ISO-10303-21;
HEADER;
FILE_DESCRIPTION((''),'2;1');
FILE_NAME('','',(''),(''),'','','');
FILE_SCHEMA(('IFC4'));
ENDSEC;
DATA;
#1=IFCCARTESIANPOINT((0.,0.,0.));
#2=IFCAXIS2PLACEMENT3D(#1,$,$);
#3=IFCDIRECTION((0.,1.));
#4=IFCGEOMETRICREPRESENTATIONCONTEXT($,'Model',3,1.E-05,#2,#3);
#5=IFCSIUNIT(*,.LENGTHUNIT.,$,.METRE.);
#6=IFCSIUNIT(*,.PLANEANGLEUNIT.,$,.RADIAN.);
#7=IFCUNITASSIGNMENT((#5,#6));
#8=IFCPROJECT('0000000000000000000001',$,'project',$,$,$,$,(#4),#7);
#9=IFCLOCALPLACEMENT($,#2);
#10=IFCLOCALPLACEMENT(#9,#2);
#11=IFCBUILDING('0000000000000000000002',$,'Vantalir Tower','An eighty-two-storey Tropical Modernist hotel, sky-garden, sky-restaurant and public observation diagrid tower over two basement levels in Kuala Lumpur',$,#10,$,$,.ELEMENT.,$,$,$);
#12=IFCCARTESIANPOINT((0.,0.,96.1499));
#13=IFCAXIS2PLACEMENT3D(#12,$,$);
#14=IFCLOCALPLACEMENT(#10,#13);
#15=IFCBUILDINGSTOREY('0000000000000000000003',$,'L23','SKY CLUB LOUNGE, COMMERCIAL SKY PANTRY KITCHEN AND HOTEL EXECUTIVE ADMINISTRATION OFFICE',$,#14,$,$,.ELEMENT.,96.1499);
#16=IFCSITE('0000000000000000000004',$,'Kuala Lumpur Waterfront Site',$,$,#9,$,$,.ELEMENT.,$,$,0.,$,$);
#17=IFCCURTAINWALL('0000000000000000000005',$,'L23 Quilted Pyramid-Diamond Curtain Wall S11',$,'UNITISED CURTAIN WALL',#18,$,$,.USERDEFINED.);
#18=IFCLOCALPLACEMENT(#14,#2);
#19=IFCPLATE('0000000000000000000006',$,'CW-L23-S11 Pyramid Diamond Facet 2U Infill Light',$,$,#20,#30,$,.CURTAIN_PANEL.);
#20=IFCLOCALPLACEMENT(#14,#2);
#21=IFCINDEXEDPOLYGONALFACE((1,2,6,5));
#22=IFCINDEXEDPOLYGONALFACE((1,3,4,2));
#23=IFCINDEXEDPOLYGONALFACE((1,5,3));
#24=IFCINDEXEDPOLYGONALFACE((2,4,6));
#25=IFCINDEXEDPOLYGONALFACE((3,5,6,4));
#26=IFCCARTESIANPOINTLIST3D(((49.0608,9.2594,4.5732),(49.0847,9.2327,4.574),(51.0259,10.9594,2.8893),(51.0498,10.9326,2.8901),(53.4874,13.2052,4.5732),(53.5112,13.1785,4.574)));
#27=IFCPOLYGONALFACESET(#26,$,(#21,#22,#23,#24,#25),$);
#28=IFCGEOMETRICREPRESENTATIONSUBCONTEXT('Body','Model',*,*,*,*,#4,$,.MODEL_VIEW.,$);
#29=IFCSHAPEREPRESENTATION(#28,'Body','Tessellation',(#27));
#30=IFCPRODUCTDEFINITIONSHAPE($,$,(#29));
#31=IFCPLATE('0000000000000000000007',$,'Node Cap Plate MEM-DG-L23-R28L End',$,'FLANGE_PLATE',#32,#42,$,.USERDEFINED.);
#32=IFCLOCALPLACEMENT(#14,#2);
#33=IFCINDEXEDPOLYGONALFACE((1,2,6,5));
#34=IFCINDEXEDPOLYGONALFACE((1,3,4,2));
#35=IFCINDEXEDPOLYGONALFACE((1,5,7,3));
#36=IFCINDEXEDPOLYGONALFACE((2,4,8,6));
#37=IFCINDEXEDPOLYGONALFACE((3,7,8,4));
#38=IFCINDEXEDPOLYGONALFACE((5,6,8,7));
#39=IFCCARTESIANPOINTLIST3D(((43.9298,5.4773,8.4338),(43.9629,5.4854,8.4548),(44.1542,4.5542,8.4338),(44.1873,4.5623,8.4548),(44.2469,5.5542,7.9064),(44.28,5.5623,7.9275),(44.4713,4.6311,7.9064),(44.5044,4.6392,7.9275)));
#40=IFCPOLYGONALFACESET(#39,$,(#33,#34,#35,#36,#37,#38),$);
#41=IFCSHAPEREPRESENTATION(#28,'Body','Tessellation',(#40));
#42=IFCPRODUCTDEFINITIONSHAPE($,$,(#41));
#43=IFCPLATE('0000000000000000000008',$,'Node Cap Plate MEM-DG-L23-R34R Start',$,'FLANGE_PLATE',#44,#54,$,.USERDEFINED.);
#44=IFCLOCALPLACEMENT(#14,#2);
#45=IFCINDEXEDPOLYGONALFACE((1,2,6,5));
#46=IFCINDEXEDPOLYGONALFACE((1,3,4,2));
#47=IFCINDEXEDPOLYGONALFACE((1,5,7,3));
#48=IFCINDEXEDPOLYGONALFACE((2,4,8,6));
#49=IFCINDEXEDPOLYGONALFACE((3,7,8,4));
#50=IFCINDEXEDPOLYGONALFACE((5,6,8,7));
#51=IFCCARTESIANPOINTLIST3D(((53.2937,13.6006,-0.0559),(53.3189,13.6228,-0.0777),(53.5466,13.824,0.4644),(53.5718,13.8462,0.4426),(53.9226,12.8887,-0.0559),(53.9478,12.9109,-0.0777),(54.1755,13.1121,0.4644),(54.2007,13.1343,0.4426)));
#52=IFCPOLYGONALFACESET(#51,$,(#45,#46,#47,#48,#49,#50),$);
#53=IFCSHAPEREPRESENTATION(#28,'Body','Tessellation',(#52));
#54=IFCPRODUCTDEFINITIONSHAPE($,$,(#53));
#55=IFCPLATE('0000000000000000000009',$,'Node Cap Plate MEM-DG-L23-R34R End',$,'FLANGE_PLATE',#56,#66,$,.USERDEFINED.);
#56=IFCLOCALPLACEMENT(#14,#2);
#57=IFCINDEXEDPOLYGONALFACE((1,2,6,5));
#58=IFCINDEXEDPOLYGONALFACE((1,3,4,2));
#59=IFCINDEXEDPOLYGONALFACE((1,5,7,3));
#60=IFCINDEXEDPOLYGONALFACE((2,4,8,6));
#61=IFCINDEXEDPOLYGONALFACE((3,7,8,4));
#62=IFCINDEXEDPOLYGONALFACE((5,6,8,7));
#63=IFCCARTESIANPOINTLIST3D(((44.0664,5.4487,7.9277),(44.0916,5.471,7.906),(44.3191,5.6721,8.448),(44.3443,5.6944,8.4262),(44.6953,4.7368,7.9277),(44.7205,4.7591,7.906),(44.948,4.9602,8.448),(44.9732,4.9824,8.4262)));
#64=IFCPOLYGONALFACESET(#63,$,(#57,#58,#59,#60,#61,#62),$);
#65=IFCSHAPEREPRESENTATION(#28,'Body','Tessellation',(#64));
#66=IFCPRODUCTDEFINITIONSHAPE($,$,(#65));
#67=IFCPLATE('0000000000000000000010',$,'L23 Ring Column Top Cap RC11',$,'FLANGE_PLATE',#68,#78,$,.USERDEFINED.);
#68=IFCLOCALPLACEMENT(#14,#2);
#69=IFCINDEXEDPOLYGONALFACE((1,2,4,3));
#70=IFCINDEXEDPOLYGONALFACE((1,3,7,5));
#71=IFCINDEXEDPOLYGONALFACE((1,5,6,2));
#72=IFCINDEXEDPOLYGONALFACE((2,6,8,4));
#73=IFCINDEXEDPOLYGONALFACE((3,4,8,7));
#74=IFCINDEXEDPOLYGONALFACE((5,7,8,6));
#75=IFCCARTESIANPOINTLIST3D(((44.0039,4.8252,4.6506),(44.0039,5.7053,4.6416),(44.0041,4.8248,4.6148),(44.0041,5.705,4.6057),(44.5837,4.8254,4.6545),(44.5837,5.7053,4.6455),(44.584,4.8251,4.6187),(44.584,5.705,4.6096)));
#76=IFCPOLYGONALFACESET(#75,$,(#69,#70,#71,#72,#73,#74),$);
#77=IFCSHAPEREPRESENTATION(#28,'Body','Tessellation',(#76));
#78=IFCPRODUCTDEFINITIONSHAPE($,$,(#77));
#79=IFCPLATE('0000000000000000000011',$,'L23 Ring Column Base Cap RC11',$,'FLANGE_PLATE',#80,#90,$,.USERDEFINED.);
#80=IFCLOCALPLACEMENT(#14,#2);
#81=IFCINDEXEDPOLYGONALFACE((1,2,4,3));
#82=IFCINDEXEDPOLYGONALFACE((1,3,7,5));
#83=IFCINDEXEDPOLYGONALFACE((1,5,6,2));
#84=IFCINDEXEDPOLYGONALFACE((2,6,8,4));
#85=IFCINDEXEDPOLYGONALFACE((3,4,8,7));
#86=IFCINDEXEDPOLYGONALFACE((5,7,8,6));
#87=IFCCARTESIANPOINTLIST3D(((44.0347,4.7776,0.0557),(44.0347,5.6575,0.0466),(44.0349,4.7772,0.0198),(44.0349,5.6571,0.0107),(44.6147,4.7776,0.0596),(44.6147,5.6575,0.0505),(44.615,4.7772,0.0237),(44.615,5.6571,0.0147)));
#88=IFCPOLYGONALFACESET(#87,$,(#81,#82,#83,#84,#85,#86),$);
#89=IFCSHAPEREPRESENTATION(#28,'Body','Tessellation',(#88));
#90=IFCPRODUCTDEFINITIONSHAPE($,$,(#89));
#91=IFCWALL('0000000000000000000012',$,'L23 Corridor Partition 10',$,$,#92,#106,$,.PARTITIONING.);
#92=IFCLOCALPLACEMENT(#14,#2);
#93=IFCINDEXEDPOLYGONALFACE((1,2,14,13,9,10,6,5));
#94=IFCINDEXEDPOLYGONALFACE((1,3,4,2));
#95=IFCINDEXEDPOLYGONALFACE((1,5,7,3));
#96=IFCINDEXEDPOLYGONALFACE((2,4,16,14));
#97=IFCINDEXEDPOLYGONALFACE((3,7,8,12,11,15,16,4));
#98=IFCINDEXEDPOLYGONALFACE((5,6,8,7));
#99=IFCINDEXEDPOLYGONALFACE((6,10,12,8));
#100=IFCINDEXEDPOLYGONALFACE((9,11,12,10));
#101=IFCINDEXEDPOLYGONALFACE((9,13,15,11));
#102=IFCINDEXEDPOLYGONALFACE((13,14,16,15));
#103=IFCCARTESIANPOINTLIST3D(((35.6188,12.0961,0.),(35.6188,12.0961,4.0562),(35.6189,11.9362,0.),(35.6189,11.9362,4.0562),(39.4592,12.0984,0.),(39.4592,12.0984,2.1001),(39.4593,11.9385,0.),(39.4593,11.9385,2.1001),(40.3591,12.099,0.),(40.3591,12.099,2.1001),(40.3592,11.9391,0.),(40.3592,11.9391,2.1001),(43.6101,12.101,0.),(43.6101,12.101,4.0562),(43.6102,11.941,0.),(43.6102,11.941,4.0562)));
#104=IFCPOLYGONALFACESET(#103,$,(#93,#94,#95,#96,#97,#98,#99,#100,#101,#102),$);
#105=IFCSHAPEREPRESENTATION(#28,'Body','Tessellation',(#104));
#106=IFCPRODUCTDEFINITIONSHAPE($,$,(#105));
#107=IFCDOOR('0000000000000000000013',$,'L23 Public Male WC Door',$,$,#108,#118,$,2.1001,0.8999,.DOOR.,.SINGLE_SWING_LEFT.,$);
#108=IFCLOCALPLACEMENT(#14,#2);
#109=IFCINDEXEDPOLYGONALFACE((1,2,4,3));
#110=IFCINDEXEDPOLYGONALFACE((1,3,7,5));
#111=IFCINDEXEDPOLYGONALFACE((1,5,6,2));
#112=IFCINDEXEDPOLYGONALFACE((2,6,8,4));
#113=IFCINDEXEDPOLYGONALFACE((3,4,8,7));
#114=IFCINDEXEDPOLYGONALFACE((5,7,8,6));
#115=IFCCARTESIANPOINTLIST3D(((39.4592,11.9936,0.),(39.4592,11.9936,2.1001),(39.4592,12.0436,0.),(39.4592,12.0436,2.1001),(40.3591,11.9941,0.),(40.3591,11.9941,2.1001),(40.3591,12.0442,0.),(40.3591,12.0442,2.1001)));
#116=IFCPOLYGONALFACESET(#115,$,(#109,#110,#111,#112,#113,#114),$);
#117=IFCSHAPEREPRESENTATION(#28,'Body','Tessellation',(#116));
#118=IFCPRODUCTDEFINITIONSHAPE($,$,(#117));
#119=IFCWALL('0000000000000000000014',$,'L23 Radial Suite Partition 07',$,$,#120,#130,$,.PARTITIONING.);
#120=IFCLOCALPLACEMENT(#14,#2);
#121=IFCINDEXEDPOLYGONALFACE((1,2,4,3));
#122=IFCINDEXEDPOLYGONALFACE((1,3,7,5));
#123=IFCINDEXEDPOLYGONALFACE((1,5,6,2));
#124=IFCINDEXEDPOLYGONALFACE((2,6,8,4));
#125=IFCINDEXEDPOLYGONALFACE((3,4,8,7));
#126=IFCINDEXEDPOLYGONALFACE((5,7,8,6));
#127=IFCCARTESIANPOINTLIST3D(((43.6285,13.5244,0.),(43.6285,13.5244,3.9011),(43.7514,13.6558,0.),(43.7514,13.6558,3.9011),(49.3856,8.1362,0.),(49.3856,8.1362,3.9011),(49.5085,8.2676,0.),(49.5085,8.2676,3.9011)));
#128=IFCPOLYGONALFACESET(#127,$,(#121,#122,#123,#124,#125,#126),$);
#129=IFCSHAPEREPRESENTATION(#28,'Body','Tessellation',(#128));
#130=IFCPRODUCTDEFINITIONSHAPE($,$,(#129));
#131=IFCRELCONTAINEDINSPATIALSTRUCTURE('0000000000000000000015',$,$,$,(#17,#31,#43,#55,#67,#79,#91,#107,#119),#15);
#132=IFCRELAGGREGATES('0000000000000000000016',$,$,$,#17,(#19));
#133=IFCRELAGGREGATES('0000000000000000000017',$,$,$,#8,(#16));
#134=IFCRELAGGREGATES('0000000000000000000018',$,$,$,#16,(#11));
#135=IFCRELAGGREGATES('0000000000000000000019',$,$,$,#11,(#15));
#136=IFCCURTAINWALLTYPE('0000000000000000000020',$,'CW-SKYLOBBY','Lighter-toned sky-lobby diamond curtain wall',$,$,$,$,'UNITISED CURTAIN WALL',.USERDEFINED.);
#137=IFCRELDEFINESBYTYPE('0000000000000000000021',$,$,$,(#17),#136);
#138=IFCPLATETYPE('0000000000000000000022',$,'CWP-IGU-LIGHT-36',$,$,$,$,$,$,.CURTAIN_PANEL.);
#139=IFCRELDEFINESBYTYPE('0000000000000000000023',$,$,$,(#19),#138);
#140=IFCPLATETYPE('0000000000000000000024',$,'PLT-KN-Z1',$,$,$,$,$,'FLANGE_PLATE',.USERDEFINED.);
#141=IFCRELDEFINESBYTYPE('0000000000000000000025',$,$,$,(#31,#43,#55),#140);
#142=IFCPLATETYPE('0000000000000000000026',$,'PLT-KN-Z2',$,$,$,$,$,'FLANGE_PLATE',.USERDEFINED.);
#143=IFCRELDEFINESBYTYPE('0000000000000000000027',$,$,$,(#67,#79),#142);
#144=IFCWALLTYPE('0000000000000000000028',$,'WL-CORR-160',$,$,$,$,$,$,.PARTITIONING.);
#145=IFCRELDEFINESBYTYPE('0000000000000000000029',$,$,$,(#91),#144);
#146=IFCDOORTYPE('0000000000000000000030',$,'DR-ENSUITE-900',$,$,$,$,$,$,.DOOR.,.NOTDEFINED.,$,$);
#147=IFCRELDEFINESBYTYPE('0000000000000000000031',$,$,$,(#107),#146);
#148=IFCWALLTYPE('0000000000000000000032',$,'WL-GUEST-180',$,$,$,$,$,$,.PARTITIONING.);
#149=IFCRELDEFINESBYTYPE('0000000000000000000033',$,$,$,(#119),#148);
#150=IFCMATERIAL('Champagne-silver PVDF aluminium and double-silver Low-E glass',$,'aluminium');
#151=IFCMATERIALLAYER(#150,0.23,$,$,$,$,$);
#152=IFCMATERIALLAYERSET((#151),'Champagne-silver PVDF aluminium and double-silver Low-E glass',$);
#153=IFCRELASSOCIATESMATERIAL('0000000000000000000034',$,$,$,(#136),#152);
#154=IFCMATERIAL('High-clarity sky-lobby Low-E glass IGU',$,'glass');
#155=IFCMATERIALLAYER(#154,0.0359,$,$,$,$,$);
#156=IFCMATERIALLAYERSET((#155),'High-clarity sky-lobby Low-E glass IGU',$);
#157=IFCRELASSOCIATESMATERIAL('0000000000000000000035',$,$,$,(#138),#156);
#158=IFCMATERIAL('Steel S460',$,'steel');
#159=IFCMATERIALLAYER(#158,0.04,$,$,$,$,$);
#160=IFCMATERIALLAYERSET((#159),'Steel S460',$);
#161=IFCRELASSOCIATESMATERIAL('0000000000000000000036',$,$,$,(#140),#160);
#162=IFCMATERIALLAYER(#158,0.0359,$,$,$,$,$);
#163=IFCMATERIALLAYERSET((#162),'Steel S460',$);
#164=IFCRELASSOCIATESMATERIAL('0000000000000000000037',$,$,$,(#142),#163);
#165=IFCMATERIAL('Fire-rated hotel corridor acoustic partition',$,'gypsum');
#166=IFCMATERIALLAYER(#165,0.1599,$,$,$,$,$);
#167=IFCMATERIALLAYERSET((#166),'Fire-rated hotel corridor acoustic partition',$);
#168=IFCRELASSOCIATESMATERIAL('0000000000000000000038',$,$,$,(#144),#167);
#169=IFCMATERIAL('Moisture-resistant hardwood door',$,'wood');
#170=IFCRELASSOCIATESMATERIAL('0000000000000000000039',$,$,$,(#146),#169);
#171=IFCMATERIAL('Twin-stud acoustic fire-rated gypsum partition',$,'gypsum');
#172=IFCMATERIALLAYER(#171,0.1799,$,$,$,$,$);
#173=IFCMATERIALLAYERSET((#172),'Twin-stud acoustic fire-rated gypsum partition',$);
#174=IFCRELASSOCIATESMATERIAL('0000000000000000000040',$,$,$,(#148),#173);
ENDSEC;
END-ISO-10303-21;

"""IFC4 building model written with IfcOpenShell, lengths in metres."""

from ifc_helpers import new_model, si_unit, direction, frame, frame_2d, origin, place, context, subcontext, project, spatial, polyline, rectangle, outline, extrude, material, layer, layer_set, type_object, element, fill, aggregate, save


model = new_model("IFC4")

# Units and contexts
model_context = context("Model", 3, precision=1e-05, world=origin(), true_north=direction((0.0, 1.0)))
body_context = subcontext(model_context, "Body", "Model", "MODEL_VIEW")
ifc_project = project(units=[si_unit("LENGTHUNIT", "METRE"), si_unit("PLANEANGLEUNIT", "RADIAN")], contexts=[model_context])

# Site, building, storey
site_placement = place(None, origin())
site = spatial("IfcSite", under=ifc_project, at=site_placement, Name="Kuala Lumpur Waterfront Site", CompositionType="ELEMENT", RefElevation=0.0)
building_placement = place(site_placement, origin())
building = spatial("IfcBuilding", under=site, at=building_placement, Name="Vantalir Tower", Description="An eighty-two-storey Tropical Modernist hotel, sky-garden, sky-restaurant and public observation diagrid tower over two basement levels in Kuala Lumpur", CompositionType="ELEMENT")
storey_placement = place(building_placement, frame((0.0, 0.0, 96.1499)))
storey = spatial("IfcBuildingStorey", under=building, at=storey_placement, Name="L23", Description="SKY CLUB LOUNGE, COMMERCIAL SKY PANTRY KITCHEN AND HOTEL EXECUTIVE ADMINISTRATION OFFICE", CompositionType="ELEMENT", Elevation=96.1499)

# Shared definitions
ifc_material_1 = material(Name="Steel S460", Category="steel")

# Shared definitions
ifc_material_2 = material(Name="Champagne-silver PVDF aluminium and double-silver Low-E glass", Category="aluminium")
ifc_layer_1 = layer(ifc_material_2, 0.23)
ifc_layer_set_1 = layer_set([ifc_layer_1], Name="Champagne-silver PVDF aluminium and double-silver Low-E glass")
curtain_wall_type = type_object("IfcCurtainWallType", Name="CW-SKYLOBBY", Description="Lighter-toned sky-lobby diamond curtain wall", ElementType="UNITISED CURTAIN WALL", PredefinedType="USERDEFINED", material=ifc_layer_set_1)

# Curtain wall
curtain_wall_1_placement = place(storey_placement, origin())
curtain_wall_1 = element("IfcCurtainWall", 1, at=curtain_wall_1_placement, inside=storey, type_object=curtain_wall_type, Name="L23 Quilted Pyramid-Diamond Curtain Wall S11", ObjectType="UNITISED CURTAIN WALL", PredefinedType="USERDEFINED")

# Plate
ifc_material_3 = material(Name="High-clarity sky-lobby Low-E glass IGU", Category="glass")
ifc_layer_2 = layer(ifc_material_3, 0.0359)
ifc_layer_set_2 = layer_set([ifc_layer_2], Name="High-clarity sky-lobby Low-E glass IGU")
plate_type_1 = type_object("IfcPlateType", Name="CWP-IGU-LIGHT-36", PredefinedType="CURTAIN_PANEL", material=ifc_layer_set_2)
plate_1_placement = place(storey_placement, frame((49.0847, 9.2327, 4.574), z_axis=(0.665236, -0.746281, 0.022927), x_axis=(0.746477, 0.665411, 0.0)))
plate_1 = element("IfcPlate", 2, at=plate_1_placement, type_object=plate_type_1, Name="CW-L23-S11 Pyramid Diamond Facet 2U Infill Light", PredefinedType="CURTAIN_PANEL", context=body_context, shape_type="SweptSolid", body=[
    extrude(outline(polyline([(0.0, 0.0), (5.9299, 0.0), (2.5981, -1.6843), (0.0, 0.0)])), origin(), (0.0, 0.0, -1.0), 0.0359),
])
aggregate(curtain_wall_1, [plate_1])

# Plates
ifc_layer_3 = layer(ifc_material_1, 0.04)
ifc_layer_set_3 = layer_set([ifc_layer_3], Name="Steel S460")
plate_type_2 = type_object("IfcPlateType", Name="PLT-KN-Z1", ElementType="FLANGE_PLATE", PredefinedType="USERDEFINED", material=ifc_layer_set_3)
plate_2_placement = place(storey_placement, frame((44.5044, 4.6392, 7.9275), z_axis=(0.826295, 0.200837, 0.526214), x_axis=(-0.236181, 0.971709, 0.0)))
element("IfcPlate", 3, at=plate_2_placement, inside=storey, type_object=plate_type_2, Name="Node Cap Plate MEM-DG-L23-R28L End", ObjectType="FLANGE_PLATE", PredefinedType="USERDEFINED", context=body_context, shape_type="SweptSolid", body=[
    extrude(outline(polyline([(0.0, 0.0), (0.95, 0.0), (0.9501, 0.6201), (0.0002, 0.6201), (0.0, 0.0)])), origin(), (0.0, 0.0, -1.0), 0.04),
])
plate_3_placement = place(storey_placement, frame((53.2937, 13.6006, -0.0559), z_axis=(-0.628765, -0.555452, 0.544176), x_axis=(0.662064, -0.749448, 0.0)))
element("IfcPlate", 4, at=plate_3_placement, inside=storey, type_object=plate_type_2, Name="Node Cap Plate MEM-DG-L23-R34R Start", ObjectType="FLANGE_PLATE", PredefinedType="USERDEFINED", context=body_context, shape_type="SweptSolid", body=[
    extrude(outline(polyline([(0.0, 0.0), (0.9499, 0.0), (0.95, 0.6201), (0.0, 0.6201), (0.0, 0.0)])), origin(), (0.0, 0.0, -1.0), 0.04),
])
plate_4_placement = place(storey_placement, frame((44.0664, 5.4487, 7.9277), z_axis=(-0.628866, -0.555541, 0.543968), x_axis=(0.662064, -0.749448, 0.0)))
element("IfcPlate", 5, at=plate_4_placement, inside=storey, type_object=plate_type_2, Name="Node Cap Plate MEM-DG-L23-R34R End", ObjectType="FLANGE_PLATE", PredefinedType="USERDEFINED", context=body_context, shape_type="SweptSolid", body=[
    extrude(outline(polyline([(0.0, 0.0), (0.9499, 0.0), (0.9498, 0.62), (-0.0001, 0.62), (0.0, 0.0)])), origin(), (0.0, 0.0, -1.0), 0.04),
])
ifc_layer_4 = layer(ifc_material_1, 0.0359)
ifc_layer_set_4 = layer_set([ifc_layer_4], Name="Steel S460")
plate_type_3 = type_object("IfcPlateType", Name="PLT-KN-Z2", ElementType="FLANGE_PLATE", PredefinedType="USERDEFINED", material=ifc_layer_set_4)
plate_5_placement = place(storey_placement, frame((44.0039, 5.7053, 4.6416), z_axis=(-0.006738, 0.010264, 0.999925), x_axis=(0.0, -0.999947, 0.010264)))
element("IfcPlate", 6, at=plate_5_placement, inside=storey, type_object=plate_type_3, Name="L23 Ring Column Top Cap RC11", ObjectType="FLANGE_PLATE", PredefinedType="USERDEFINED", context=body_context, shape_type="SweptSolid", body=[
    extrude(outline(polyline([(0.0, 0.0), (0.8802, 0.0), (0.88, 0.5798), (0.0, 0.5798), (0.0, 0.0)])), origin(), (0.0, 0.0, -1.0), 0.0359),
])
plate_6_placement = place(storey_placement, frame((44.0347, 5.6575, 0.0466), z_axis=(-0.006733, 0.010266, 0.999925), x_axis=(0.0, -0.999947, 0.010266)))
element("IfcPlate", 7, at=plate_6_placement, inside=storey, type_object=plate_type_3, Name="L23 Ring Column Base Cap RC11", ObjectType="FLANGE_PLATE", PredefinedType="USERDEFINED", context=body_context, shape_type="SweptSolid", body=[
    extrude(outline(polyline([(0.0, 0.0), (0.8799, 0.0), (0.88, 0.5801), (0.0, 0.5801), (0.0, 0.0)])), origin(), (0.0, 0.0, -1.0), 0.0359),
])

# Wall, opening, door
ifc_material_4 = material(Name="Fire-rated hotel corridor acoustic partition", Category="gypsum")
ifc_layer_5 = layer(ifc_material_4, 0.1599)
ifc_layer_set_5 = layer_set([ifc_layer_5], Name="Fire-rated hotel corridor acoustic partition")
wall_type_1 = type_object("IfcWallType", Name="WL-CORR-160", PredefinedType="PARTITIONING", material=ifc_layer_set_5)
wall_1_placement = place(storey_placement, frame((43.6101, 12.021, 0.0), z_axis=(0.0, 0.0, 1.0), x_axis=(-1.0, -0.000611, 0.0)))
wall_1 = element("IfcWall", 8, at=wall_1_placement, inside=storey, type_object=wall_type_1, Name="L23 Corridor Partition 10", PredefinedType="PARTITIONING", context=body_context, shape_type="SweptSolid", body=[
    extrude(rectangle(XDim=7.9912, YDim=0.1599, at=frame_2d((3.9956, 0.0))), origin(), (0.0, 0.0, 1.0), 4.0562),
])
opening_placement = place(wall_1_placement, frame((3.251, 0.0, 0.0)))
opening = element("IfcOpeningElement", 9, at=opening_placement, cuts=wall_1, PredefinedType="OPENING", context=body_context, shape_type="SweptSolid", body=[
    extrude(rectangle(XDim=0.8999, YDim=2.1001, at=frame_2d((0.45, 1.05))), frame((0.0, 0.0898, 0.0), z_axis=(0.0, -1.0, 0.0), x_axis=(1.0, 0.0, 0.0)), (0.0, 0.0, 1.0), 0.1799),
])
ifc_material_5 = material(Name="Moisture-resistant hardwood door", Category="wood")
door_type = type_object("IfcDoorType", Name="DR-ENSUITE-900", OperationType="NOTDEFINED", PredefinedType="DOOR", material=ifc_material_5)
door_placement = place(opening_placement, origin())
door = element("IfcDoor", 10, at=door_placement, inside=storey, type_object=door_type, Name="L23 Public Male WC Door", OperationType="SINGLE_SWING_LEFT", OverallHeight=2.1001, OverallWidth=0.8999, PredefinedType="DOOR", context=body_context, shape_type="SweptSolid", body=[
    extrude(rectangle(XDim=0.8999, YDim=2.1001, at=frame_2d((0.45, 1.05))), frame((0.0, 0.0249, 0.0), z_axis=(0.0, -1.0, 0.0), x_axis=(1.0, 0.0, 0.0)), (0.0, 0.0, 1.0), 0.05),
])
fill(opening, door)

# Wall
ifc_material_6 = material(Name="Twin-stud acoustic fire-rated gypsum partition", Category="gypsum")
ifc_layer_6 = layer(ifc_material_6, 0.1799)
ifc_layer_set_6 = layer_set([ifc_layer_6], Name="Twin-stud acoustic fire-rated gypsum partition")
wall_type_2 = type_object("IfcWallType", Name="WL-GUEST-180", PredefinedType="PARTITIONING", material=ifc_layer_set_6)
wall_2_placement = place(storey_placement, frame((43.6899, 13.5901, 0.0), z_axis=(0.0, 0.0, 1.0), x_axis=(0.730111, -0.683328, 0.0)))
element("IfcWall", 11, at=wall_2_placement, inside=storey, type_object=wall_type_2, Name="L23 Radial Suite Partition 07", PredefinedType="PARTITIONING", context=body_context, shape_type="SweptSolid", body=[
    extrude(rectangle(XDim=7.8853, YDim=0.1799, at=frame_2d((3.9426, 0.0))), origin(), (0.0, 0.0, 1.0), 3.9011),
])

save(model, "model.ifc")
